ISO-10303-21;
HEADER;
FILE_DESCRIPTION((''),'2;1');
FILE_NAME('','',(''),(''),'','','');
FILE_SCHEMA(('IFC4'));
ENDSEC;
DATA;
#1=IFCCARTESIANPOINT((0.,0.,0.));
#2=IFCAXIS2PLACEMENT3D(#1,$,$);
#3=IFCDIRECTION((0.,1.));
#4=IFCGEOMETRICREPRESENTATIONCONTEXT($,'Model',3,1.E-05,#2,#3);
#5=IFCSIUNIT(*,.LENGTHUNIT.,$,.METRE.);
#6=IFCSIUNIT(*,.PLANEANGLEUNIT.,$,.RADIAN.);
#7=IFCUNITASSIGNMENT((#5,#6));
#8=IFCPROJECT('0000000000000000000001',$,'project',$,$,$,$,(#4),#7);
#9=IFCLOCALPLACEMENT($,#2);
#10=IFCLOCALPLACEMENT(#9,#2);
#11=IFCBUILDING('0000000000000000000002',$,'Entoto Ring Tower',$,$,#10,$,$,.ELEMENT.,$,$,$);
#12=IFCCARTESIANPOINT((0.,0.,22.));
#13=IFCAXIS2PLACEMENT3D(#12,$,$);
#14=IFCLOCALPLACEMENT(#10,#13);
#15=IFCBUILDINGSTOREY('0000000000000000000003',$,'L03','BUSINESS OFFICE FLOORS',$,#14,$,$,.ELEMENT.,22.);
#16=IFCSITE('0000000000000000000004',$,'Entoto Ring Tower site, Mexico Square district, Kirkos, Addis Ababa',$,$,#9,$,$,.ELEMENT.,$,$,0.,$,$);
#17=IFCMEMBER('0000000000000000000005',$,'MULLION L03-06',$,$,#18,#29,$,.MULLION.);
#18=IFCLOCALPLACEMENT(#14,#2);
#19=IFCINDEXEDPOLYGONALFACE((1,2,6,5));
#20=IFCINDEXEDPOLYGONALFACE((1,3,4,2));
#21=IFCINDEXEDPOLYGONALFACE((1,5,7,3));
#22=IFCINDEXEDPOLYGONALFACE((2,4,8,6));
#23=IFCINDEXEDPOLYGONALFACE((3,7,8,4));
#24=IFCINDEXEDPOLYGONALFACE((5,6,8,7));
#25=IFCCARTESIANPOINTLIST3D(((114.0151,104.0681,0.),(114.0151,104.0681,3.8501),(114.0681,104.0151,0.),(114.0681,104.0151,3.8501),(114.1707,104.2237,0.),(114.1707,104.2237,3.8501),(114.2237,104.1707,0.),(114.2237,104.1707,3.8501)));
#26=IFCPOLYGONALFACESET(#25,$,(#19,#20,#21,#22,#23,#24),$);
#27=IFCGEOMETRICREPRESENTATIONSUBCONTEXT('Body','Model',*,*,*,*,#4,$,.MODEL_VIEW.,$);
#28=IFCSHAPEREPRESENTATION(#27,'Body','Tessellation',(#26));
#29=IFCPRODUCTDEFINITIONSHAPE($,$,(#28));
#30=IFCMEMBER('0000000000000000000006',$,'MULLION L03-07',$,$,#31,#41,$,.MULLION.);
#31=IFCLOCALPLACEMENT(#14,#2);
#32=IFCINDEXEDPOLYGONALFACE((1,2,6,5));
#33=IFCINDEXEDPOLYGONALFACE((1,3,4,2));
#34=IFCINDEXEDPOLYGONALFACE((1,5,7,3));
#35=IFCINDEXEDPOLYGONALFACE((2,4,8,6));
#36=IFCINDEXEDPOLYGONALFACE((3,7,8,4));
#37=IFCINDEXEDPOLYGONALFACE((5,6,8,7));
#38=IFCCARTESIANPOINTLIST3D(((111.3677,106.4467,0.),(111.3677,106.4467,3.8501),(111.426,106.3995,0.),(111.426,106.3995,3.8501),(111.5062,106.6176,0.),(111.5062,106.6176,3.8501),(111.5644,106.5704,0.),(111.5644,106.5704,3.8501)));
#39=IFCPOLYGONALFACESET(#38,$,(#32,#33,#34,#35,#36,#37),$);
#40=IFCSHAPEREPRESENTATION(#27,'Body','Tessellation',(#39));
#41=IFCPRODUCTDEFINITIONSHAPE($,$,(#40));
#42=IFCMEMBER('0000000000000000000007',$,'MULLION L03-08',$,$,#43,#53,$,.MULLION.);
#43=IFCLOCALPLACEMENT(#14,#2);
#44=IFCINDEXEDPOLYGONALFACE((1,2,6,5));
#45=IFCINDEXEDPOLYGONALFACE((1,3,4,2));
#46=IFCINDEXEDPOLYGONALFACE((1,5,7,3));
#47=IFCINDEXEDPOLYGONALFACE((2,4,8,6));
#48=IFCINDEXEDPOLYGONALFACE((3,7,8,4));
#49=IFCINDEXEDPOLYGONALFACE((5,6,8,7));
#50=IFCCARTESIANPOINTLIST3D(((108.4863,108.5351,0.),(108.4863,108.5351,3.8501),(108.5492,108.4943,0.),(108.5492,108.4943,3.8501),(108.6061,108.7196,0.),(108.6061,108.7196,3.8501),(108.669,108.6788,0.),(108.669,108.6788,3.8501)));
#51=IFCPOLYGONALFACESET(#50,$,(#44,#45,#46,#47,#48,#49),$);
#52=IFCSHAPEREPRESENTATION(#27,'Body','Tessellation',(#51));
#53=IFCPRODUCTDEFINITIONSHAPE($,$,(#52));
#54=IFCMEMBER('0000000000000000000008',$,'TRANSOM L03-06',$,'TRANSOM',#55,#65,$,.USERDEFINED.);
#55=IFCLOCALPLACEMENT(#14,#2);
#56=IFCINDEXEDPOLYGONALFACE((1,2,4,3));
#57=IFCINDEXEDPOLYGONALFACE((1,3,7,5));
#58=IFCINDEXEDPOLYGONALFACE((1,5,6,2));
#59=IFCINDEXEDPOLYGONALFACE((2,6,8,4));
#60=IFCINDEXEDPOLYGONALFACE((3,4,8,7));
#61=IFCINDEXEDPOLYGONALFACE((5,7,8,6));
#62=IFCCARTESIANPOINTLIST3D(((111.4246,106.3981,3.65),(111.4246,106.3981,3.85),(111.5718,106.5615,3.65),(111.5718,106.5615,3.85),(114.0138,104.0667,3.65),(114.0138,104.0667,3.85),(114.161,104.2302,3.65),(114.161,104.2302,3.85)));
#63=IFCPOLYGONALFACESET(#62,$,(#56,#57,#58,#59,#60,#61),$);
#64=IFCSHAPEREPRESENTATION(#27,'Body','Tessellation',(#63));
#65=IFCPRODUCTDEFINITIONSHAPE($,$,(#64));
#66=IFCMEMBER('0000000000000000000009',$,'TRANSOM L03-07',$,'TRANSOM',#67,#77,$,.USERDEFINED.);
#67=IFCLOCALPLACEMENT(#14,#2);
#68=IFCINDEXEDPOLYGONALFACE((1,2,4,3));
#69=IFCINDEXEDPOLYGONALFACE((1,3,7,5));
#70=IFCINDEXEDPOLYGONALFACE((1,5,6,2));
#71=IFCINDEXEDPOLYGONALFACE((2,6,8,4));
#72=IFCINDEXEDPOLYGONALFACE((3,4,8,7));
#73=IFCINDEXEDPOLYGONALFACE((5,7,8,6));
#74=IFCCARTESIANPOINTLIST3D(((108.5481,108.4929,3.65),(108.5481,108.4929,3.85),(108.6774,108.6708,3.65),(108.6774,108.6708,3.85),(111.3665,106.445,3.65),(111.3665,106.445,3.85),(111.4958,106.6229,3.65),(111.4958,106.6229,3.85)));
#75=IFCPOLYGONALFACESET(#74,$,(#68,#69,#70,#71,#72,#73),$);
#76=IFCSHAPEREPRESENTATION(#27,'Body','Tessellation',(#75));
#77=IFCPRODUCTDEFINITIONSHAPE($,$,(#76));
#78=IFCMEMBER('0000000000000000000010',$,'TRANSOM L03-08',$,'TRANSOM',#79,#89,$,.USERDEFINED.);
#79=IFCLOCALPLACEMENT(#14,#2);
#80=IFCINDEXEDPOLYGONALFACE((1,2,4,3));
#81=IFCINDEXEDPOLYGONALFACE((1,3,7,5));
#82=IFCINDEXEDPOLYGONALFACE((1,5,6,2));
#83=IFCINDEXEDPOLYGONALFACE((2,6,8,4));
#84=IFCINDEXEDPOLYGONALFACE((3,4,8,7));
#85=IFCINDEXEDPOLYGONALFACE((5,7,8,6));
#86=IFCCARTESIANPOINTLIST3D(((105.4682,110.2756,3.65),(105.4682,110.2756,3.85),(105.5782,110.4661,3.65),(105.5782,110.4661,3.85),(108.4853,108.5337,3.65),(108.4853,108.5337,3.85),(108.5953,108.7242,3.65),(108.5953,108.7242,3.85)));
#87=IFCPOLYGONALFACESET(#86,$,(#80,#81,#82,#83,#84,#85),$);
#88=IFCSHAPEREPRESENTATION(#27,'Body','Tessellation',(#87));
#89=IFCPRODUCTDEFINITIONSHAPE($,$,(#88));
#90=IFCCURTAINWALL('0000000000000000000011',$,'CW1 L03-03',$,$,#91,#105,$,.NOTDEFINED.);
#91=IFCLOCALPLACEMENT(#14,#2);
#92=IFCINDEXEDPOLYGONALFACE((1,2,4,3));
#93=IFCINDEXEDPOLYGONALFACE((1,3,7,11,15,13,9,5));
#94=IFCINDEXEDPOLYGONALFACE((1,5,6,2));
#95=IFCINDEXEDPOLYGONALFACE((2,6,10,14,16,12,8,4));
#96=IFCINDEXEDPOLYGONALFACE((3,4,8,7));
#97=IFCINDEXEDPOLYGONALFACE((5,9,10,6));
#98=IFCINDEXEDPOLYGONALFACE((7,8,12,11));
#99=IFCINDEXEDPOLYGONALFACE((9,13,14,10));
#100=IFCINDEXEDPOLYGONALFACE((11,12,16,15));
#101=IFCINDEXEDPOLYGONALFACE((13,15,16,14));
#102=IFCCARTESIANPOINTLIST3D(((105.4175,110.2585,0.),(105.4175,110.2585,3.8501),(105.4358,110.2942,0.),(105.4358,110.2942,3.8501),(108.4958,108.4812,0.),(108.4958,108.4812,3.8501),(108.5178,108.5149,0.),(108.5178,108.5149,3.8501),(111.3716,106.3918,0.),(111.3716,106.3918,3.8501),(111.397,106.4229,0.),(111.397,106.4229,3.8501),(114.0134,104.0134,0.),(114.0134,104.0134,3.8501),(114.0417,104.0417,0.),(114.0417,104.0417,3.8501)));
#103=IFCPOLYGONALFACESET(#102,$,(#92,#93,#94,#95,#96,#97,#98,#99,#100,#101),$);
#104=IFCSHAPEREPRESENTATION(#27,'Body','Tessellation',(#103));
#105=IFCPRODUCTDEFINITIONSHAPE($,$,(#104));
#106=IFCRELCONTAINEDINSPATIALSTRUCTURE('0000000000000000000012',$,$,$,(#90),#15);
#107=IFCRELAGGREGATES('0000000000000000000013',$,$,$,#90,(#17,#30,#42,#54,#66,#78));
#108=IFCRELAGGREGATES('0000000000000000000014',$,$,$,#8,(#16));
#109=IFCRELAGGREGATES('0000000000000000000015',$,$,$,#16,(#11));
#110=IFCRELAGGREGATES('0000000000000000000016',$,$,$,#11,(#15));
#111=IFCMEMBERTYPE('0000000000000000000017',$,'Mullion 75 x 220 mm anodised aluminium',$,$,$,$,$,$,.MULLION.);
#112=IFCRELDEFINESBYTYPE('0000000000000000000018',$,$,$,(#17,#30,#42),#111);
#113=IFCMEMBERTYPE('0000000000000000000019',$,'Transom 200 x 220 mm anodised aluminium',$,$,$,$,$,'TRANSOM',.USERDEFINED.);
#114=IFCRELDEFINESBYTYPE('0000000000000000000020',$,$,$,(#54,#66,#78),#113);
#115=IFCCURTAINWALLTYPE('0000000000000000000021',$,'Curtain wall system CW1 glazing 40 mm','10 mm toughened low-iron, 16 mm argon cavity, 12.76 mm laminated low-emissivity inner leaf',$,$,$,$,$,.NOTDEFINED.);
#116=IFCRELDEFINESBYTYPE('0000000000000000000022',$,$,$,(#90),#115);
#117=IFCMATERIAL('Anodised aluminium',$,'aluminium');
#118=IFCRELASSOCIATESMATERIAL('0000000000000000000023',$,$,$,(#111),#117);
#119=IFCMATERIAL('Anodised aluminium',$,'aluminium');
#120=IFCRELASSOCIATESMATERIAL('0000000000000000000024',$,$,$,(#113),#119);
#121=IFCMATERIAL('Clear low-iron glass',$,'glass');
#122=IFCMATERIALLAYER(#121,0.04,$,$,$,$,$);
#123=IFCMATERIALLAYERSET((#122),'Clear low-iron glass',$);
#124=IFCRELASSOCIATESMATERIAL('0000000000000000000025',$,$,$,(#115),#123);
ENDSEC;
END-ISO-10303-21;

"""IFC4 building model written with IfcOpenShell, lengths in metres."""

from ifc_helpers import new_model, si_unit, direction, frame, origin, origin_2d, place, context, subcontext, project, spatial, polyline, rectangle, outline, extrude, material, layer, layer_set, material_profile, profile_set, type_object, element, aggregate, save


model = new_model("IFC4")

# Units and contexts
model_context = context("Model", 3, precision=1e-05, world=origin(), true_north=direction((0.0, 1.0)))
body_context = subcontext(model_context, "Body", "Model", "MODEL_VIEW")
ifc_project = project(units=[si_unit("LENGTHUNIT", "METRE"), si_unit("PLANEANGLEUNIT", "RADIAN")], contexts=[model_context])

# Members
ifc_material_1 = material(Name="Anodised aluminium", Category="aluminium")
ifc_material_profile_1 = material_profile(ifc_material_1, rectangle(XDim=0.075, YDim=0.22, at=origin_2d()), Name="Mullion 75 x 220 mm anodised aluminium")
ifc_profile_set_1 = profile_set([ifc_material_profile_1], Name="Anodised aluminium")
member_type_1 = type_object("IfcMemberType", Name="Mullion 75 x 220 mm anodised aluminium", PredefinedType="MULLION", material=ifc_profile_set_1)
site_placement = place(None, origin())
building_placement = place(site_placement, origin())
storey_placement = place(building_placement, frame((0.0, 0.0, 22.0)))
member_1_placement = place(storey_placement, frame((114.1194, 104.1194, 0.0), z_axis=(0.0, 0.0, 1.0), x_axis=(-0.707107, 0.707107, 0.0)))
member_1 = element("IfcMember", 1, at=member_1_placement, type_object=member_type_1, Name="MULLION L03-06", PredefinedType="MULLION", context=body_context, shape_type="SweptSolid", body=[
    extrude(rectangle(XDim=0.075, YDim=0.22, at=origin_2d()), origin(), (0.0, 0.0, 1.0), 3.8501),
])
member_2_placement = place(storey_placement, frame((111.4661, 106.5085, 0.0), z_axis=(0.0, 0.0, 1.0), x_axis=(-0.777146, 0.62932, 0.0)))
member_2 = element("IfcMember", 2, at=member_2_placement, type_object=member_type_1, Name="MULLION L03-07", PredefinedType="MULLION", context=body_context, shape_type="SweptSolid", body=[
    extrude(rectangle(XDim=0.075, YDim=0.22, at=origin_2d()), origin(), (0.0, 0.0, 1.0), 3.8501),
])
member_3_placement = place(storey_placement, frame((108.5776, 108.6069, 0.0), z_axis=(0.0, 0.0, 1.0), x_axis=(-0.838671, 0.544639, 0.0)))
member_3 = element("IfcMember", 3, at=member_3_placement, type_object=member_type_1, Name="MULLION L03-08", PredefinedType="MULLION", context=body_context, shape_type="SweptSolid", body=[
    extrude(rectangle(XDim=0.075, YDim=0.22, at=origin_2d()), origin(), (0.0, 0.0, 1.0), 3.8501),
])
ifc_material_2 = material(Name="Anodised aluminium", Category="aluminium")
ifc_material_profile_2 = material_profile(ifc_material_2, rectangle(XDim=0.22, YDim=0.2, at=origin_2d()), Name="Transom 200 x 220 mm anodised aluminium")
ifc_profile_set_2 = profile_set([ifc_material_profile_2], Name="Anodised aluminium")
member_type_2 = type_object("IfcMemberType", Name="Transom 200 x 220 mm anodised aluminium", ElementType="TRANSOM", PredefinedType="USERDEFINED", material=ifc_profile_set_2)
member_4_placement = place(storey_placement, frame((114.0874, 104.1484, 3.75), z_axis=(-0.743137, 0.669139, 0.0), x_axis=(-0.669139, -0.743137, 0.0)))
member_4 = element("IfcMember", 4, at=member_4_placement, type_object=member_type_2, Name="TRANSOM L03-06", ObjectType="TRANSOM", PredefinedType="USERDEFINED", context=body_context, shape_type="SweptSolid", body=[
    extrude(rectangle(XDim=0.22, YDim=0.2, at=origin_2d()), origin(), (0.0, 0.0, 1.0), 3.4841),
])
member_5_placement = place(storey_placement, frame((111.4312, 106.5339, 3.75), z_axis=(-0.808991, 0.587822, 0.0), x_axis=(-0.587822, -0.808991, 0.0)))
member_5 = element("IfcMember", 5, at=member_5_placement, type_object=member_type_2, Name="TRANSOM L03-07", ObjectType="TRANSOM", PredefinedType="USERDEFINED", context=body_context, shape_type="SweptSolid", body=[
    extrude(rectangle(XDim=0.22, YDim=0.2, at=origin_2d()), origin(), (0.0, 0.0, 1.0), 3.4839),
])
member_6_placement = place(storey_placement, frame((108.5403, 108.6289, 3.75), z_axis=(-0.866022, 0.500006, 0.0), x_axis=(-0.500006, -0.866022, 0.0)))
member_6 = element("IfcMember", 6, at=member_6_placement, type_object=member_type_2, Name="TRANSOM L03-08", ObjectType="TRANSOM", PredefinedType="USERDEFINED", context=body_context, shape_type="SweptSolid", body=[
    extrude(rectangle(XDim=0.22, YDim=0.2, at=origin_2d()), origin(), (0.0, 0.0, 1.0), 3.4839),
])

# Site, building, storey
site = spatial("IfcSite", under=ifc_project, at=site_placement, Name="Entoto Ring Tower site, Mexico Square district, Kirkos, Addis Ababa", CompositionType="ELEMENT", RefElevation=0.0)
building = spatial("IfcBuilding", under=site, at=building_placement, Name="Entoto Ring Tower", CompositionType="ELEMENT")
storey = spatial("IfcBuildingStorey", under=building, at=storey_placement, Name="L03", Description="BUSINESS OFFICE FLOORS", CompositionType="ELEMENT", Elevation=22.0)

# Curtain wall
ifc_material_3 = material(Name="Clear low-iron glass", Category="glass")
ifc_layer_1 = layer(ifc_material_3, 0.04)
ifc_layer_set_1 = layer_set([ifc_layer_1], Name="Clear low-iron glass")
curtain_wall_type = type_object("IfcCurtainWallType", Name="Curtain wall system CW1 glazing 40 mm", Description="10 mm toughened low-iron, 16 mm argon cavity, 12.76 mm laminated low-emissivity inner leaf", PredefinedType="NOTDEFINED", material=ifc_layer_set_1)
curtain_wall_1_placement = place(storey_placement, origin())
curtain_wall_1 = element("IfcCurtainWall", 7, at=curtain_wall_1_placement, inside=storey, type_object=curtain_wall_type, Name="CW1 L03-03", PredefinedType="NOTDEFINED", context=body_context, shape_type="SweptSolid", body=[
    extrude(outline(polyline([(114.0417, 104.0417), (111.397, 106.4229), (108.5178, 108.5149), (105.4358, 110.2942), (105.4175, 110.2585), (108.4958, 108.4812), (111.3716, 106.3918), (114.0134, 104.0134), (114.0417, 104.0417)])), origin(), (0.0, 0.0, 1.0), 3.8501),
])
aggregate(curtain_wall_1, [member_1, member_2, member_3, member_4, member_5, member_6])

save(model, "model.ifc")
